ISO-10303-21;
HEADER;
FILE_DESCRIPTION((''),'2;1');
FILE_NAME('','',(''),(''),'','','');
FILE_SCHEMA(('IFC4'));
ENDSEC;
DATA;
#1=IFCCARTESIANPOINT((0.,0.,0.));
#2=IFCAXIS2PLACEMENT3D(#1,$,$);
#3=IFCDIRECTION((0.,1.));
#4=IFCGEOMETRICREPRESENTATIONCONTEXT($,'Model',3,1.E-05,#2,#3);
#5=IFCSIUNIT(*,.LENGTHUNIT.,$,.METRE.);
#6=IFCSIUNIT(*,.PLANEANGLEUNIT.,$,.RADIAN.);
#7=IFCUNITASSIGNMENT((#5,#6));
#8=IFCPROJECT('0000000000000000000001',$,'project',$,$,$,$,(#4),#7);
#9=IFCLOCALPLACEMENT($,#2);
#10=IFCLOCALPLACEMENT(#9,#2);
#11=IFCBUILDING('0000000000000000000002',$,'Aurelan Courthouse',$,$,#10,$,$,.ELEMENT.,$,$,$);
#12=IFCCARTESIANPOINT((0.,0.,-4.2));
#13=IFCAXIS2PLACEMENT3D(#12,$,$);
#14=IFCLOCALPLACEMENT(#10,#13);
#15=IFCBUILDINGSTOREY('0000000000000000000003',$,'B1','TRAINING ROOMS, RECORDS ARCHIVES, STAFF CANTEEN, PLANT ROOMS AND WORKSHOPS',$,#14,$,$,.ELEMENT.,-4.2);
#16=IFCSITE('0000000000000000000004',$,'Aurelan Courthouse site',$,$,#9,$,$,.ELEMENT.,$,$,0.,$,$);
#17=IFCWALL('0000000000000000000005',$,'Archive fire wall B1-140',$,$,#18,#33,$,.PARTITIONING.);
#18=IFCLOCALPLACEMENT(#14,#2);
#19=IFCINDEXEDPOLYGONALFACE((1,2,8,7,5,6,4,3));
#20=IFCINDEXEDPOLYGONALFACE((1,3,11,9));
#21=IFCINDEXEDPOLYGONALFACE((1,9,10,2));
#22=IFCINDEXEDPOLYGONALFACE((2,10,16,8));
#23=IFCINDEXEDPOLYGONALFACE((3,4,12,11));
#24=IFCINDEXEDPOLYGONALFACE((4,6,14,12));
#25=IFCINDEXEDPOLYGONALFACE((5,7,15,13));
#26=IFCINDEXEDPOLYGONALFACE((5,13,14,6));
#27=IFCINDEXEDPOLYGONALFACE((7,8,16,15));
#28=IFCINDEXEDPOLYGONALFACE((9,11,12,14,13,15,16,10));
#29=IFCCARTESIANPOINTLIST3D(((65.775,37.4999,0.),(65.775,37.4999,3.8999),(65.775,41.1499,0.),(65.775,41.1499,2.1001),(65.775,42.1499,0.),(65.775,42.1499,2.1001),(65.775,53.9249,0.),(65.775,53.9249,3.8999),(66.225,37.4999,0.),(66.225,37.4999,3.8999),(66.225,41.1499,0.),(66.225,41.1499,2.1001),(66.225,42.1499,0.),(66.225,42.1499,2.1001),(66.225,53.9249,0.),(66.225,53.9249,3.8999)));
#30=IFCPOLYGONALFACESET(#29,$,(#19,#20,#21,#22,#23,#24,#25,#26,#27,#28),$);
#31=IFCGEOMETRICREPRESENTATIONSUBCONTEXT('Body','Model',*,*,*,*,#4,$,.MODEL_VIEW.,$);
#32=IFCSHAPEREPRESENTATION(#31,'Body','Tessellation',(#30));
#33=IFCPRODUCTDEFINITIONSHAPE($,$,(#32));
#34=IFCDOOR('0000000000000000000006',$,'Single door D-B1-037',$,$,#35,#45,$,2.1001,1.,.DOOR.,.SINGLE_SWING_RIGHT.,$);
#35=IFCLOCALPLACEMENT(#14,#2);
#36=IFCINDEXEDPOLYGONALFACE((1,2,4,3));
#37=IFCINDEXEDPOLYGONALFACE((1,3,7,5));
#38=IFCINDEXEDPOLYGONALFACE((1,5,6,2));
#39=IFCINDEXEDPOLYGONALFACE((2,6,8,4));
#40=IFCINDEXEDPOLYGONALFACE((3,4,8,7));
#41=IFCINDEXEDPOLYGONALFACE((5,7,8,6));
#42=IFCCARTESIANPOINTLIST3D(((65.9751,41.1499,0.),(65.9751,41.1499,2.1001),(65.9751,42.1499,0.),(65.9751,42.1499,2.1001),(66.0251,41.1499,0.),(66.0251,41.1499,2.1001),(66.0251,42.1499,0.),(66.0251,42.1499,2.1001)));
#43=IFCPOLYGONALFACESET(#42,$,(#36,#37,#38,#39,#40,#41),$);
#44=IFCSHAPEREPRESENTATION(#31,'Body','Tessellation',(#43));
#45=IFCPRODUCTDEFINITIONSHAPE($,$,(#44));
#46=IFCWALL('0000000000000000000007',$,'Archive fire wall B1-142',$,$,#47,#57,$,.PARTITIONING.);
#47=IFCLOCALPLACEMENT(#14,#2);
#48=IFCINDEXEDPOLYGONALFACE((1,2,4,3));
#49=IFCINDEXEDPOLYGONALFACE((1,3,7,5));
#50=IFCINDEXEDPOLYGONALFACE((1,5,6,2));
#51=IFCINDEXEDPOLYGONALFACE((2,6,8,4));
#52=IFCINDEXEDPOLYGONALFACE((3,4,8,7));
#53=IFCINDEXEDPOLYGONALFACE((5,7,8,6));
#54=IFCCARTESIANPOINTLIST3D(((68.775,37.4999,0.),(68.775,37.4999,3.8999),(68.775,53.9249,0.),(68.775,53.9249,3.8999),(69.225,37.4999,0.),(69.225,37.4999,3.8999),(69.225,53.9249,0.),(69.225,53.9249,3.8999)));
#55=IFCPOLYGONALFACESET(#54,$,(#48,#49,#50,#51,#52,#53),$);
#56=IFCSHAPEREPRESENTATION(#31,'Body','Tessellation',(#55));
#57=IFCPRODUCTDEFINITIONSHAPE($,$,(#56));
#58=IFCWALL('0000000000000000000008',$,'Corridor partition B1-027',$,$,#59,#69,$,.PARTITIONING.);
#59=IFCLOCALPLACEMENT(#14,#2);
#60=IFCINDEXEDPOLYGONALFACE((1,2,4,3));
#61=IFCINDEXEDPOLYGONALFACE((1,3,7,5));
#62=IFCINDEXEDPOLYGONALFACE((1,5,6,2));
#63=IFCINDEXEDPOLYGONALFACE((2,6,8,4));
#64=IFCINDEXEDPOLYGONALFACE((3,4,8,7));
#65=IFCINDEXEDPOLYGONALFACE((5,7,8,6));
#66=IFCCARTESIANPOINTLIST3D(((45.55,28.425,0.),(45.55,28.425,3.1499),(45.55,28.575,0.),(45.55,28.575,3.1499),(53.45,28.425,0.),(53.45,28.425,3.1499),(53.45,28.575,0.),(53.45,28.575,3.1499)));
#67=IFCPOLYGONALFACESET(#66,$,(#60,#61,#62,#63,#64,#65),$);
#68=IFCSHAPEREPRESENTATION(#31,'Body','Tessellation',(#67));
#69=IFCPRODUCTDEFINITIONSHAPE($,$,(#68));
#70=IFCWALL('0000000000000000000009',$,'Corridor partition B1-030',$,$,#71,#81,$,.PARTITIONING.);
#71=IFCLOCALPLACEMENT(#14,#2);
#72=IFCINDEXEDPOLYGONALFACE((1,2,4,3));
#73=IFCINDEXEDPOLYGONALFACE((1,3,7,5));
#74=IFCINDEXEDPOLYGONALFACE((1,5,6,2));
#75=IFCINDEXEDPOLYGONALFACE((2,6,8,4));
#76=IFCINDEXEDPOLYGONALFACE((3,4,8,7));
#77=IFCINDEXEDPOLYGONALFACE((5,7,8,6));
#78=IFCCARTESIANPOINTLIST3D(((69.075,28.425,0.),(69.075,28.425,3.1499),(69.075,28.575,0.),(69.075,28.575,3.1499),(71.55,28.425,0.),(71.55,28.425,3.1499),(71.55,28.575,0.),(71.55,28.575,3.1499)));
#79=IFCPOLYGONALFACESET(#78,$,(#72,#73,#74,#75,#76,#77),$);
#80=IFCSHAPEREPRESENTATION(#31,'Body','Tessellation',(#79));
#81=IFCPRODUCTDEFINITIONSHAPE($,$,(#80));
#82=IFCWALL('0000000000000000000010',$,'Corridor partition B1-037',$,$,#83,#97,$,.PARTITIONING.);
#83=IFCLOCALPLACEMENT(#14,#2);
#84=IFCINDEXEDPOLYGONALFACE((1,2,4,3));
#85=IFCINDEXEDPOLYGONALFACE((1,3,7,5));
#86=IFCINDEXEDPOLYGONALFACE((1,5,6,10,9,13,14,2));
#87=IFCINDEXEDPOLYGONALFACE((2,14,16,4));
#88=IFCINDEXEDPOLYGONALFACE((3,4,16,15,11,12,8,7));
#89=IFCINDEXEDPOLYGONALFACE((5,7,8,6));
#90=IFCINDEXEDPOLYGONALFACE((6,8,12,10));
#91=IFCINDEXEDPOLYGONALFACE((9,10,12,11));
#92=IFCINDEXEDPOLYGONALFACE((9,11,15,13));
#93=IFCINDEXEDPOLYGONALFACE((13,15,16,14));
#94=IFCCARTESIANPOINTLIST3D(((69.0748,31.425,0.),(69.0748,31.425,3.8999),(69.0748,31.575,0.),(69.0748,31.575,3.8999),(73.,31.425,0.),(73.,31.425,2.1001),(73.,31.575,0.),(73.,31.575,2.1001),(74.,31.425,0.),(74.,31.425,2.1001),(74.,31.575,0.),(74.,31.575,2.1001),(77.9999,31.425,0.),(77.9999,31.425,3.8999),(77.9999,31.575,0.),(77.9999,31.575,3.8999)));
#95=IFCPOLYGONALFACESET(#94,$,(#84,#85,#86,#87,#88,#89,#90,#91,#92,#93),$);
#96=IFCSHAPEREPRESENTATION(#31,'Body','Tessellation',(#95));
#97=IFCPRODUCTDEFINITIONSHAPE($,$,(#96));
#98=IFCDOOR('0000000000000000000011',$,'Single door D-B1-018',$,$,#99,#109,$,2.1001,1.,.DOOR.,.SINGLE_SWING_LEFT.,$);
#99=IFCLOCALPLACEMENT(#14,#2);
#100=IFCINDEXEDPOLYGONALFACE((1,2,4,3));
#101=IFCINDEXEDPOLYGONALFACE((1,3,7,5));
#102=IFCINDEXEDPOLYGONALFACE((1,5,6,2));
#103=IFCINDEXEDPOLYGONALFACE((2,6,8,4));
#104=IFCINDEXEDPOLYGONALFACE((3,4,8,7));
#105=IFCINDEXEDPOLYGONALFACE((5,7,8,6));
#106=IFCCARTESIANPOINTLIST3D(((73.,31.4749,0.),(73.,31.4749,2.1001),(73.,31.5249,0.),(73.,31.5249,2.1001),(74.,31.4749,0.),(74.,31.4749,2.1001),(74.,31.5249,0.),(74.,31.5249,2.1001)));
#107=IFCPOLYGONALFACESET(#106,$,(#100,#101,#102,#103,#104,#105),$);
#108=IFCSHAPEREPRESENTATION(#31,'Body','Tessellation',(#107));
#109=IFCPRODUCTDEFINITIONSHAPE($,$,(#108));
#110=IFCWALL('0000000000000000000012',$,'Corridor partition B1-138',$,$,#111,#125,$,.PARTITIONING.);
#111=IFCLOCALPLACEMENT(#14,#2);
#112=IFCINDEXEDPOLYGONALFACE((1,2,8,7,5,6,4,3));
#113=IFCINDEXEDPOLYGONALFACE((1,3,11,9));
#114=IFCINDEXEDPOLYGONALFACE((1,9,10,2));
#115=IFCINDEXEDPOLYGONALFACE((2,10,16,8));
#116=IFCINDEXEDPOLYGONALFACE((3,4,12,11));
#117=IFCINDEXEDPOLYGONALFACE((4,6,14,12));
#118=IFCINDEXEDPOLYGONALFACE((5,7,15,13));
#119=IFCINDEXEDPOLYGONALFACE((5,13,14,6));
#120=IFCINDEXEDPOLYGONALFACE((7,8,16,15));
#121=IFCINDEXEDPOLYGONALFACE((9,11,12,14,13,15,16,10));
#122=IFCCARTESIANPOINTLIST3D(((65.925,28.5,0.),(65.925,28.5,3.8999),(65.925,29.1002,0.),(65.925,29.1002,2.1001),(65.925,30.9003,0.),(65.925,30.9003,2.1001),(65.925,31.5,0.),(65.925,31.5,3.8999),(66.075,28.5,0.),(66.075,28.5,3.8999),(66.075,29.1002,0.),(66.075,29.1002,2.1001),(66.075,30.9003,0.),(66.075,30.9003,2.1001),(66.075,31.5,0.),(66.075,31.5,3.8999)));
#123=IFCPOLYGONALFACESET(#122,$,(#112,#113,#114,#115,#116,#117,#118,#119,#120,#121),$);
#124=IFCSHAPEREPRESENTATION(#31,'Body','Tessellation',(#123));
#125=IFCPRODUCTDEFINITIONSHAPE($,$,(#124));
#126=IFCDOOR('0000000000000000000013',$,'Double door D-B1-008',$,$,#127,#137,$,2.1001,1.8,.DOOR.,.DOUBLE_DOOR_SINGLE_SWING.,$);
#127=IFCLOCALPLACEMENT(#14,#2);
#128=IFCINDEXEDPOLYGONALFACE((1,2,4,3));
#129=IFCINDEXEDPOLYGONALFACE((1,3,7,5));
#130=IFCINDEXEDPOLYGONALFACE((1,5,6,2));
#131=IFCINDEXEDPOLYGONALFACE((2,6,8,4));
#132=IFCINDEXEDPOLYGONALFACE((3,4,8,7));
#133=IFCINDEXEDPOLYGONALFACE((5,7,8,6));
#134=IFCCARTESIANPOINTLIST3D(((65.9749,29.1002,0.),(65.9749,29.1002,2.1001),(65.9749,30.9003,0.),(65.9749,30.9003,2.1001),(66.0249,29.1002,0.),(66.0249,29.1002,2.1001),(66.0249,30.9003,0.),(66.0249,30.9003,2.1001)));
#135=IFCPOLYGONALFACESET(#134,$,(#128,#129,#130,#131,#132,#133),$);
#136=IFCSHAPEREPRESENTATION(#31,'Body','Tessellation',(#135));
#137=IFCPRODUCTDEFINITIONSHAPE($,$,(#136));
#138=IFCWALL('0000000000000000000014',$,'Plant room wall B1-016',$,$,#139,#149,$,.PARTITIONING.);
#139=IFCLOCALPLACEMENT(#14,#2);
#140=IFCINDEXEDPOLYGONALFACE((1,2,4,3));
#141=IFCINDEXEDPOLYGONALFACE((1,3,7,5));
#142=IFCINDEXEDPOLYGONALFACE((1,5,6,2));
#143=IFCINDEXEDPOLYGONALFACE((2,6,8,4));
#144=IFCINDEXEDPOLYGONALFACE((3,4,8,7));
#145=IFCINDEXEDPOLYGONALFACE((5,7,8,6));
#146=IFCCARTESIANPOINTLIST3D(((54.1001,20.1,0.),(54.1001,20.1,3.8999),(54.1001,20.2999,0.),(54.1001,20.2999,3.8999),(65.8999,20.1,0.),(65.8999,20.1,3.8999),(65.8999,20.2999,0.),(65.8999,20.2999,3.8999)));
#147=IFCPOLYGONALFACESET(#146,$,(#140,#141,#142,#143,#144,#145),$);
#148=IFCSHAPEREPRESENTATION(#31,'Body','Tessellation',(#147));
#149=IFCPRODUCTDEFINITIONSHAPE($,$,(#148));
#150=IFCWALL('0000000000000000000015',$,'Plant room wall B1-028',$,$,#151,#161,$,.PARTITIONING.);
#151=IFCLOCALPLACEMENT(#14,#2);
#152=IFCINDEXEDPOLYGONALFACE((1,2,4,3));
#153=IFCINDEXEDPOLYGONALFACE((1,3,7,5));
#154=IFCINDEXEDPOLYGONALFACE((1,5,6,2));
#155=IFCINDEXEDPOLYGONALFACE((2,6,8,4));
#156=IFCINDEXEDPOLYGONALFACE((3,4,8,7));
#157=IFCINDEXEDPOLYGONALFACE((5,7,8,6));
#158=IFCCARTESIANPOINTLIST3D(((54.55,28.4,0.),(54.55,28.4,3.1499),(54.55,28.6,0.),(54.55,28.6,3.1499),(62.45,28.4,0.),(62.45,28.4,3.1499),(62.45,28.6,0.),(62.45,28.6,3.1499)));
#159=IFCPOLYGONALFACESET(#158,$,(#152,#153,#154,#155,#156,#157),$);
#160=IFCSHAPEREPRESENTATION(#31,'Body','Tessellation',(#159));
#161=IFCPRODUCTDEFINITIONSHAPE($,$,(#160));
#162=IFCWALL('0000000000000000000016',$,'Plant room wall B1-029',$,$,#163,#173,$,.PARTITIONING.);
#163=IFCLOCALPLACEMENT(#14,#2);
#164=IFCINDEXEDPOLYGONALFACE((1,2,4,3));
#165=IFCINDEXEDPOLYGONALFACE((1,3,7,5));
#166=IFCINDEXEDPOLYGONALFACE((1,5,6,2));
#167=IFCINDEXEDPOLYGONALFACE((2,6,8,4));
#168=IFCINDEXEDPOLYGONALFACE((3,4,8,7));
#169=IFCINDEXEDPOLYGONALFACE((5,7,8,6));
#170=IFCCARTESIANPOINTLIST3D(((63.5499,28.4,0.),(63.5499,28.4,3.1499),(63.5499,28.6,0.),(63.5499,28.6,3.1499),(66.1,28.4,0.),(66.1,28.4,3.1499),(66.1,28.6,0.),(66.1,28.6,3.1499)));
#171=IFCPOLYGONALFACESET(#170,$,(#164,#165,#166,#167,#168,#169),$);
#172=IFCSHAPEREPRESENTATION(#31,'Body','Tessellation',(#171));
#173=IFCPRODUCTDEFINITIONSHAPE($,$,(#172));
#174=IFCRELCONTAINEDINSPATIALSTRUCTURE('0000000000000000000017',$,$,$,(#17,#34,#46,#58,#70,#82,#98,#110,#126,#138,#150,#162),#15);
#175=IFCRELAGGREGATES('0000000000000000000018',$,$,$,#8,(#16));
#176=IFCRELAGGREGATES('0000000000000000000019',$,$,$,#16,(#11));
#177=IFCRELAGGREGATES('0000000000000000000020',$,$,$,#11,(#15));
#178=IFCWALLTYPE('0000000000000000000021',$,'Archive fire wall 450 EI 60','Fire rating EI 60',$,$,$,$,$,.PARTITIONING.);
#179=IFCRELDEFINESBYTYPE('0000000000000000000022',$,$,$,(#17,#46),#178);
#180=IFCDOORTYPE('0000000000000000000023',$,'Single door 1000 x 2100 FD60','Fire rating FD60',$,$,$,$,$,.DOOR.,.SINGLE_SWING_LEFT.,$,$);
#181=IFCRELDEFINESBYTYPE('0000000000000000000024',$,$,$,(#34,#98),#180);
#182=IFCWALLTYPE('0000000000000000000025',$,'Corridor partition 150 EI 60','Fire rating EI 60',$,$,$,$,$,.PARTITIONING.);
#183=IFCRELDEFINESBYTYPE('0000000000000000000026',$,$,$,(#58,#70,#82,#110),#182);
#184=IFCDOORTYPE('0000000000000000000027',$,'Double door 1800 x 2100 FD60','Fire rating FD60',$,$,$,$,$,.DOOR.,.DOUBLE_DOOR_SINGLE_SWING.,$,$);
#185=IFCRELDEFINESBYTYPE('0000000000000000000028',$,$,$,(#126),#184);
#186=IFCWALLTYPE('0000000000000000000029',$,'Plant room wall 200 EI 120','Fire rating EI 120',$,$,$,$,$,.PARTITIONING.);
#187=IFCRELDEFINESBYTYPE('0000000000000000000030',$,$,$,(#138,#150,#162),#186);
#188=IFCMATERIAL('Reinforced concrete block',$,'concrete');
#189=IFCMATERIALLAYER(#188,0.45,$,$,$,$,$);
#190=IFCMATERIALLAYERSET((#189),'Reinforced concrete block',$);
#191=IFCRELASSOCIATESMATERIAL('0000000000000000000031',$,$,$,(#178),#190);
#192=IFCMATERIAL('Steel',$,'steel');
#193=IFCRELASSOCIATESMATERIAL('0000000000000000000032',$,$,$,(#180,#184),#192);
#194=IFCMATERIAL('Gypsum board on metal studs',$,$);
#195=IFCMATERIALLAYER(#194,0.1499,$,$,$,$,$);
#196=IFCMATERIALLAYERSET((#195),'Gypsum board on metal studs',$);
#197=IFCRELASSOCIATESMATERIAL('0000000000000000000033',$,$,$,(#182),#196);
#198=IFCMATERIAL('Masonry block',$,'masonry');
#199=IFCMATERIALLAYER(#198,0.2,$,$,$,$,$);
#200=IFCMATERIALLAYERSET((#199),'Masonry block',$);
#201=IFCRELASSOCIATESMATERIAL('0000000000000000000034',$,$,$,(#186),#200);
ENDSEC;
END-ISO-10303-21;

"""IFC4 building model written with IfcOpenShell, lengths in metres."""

from ifc_helpers import new_model, si_unit, direction, frame, frame_2d, origin, place, context, subcontext, project, spatial, rectangle, extrude, material, layer, layer_set, type_object, element, fill, save


model = new_model("IFC4")

# Units and contexts
model_context = context("Model", 3, precision=1e-05, world=origin(), true_north=direction((0.0, 1.0)))
body_context = subcontext(model_context, "Body", "Model", "MODEL_VIEW")
ifc_project = project(units=[si_unit("LENGTHUNIT", "METRE"), si_unit("PLANEANGLEUNIT", "RADIAN")], contexts=[model_context])

# Site, building, storey
site_placement = place(None, origin())
site = spatial("IfcSite", under=ifc_project, at=site_placement, Name="Aurelan Courthouse site", CompositionType="ELEMENT", RefElevation=0.0)
building_placement = place(site_placement, origin())
building = spatial("IfcBuilding", under=site, at=building_placement, Name="Aurelan Courthouse", CompositionType="ELEMENT")
storey_placement = place(building_placement, frame((0.0, 0.0, -4.2)))
storey = spatial("IfcBuildingStorey", under=building, at=storey_placement, Name="B1", Description="TRAINING ROOMS, RECORDS ARCHIVES, STAFF CANTEEN, PLANT ROOMS AND WORKSHOPS", CompositionType="ELEMENT", Elevation=-4.2)

# Shared definitions
ifc_material_1 = material(Name="Reinforced concrete block", Category="concrete")
ifc_layer_1 = layer(ifc_material_1, 0.45)
ifc_layer_set_1 = layer_set([ifc_layer_1], Name="Reinforced concrete block")
wall_type_1 = type_object("IfcWallType", Name="Archive fire wall 450 EI 60", Description="Fire rating EI 60", PredefinedType="PARTITIONING", material=ifc_layer_set_1)

# Wall, opening, door
wall_1_placement = place(storey_placement, frame((66.0, 37.5, 0.0), z_axis=(0.0, 0.0, 1.0), x_axis=(0.0, 1.0, 0.0)))
wall_1 = element("IfcWall", 1, at=wall_1_placement, inside=storey, type_object=wall_type_1, Name="Archive fire wall B1-140", PredefinedType="PARTITIONING", context=body_context, shape_type="SweptSolid", body=[
    extrude(rectangle(XDim=16.425, YDim=0.45, at=frame_2d((8.2124, 0.0))), origin(), (0.0, 0.0, 1.0), 3.8999),
])
opening_1_placement = place(wall_1_placement, frame((3.6499, 0.0, 0.0)))
opening_1 = element("IfcOpeningElement", 2, at=opening_1_placement, cuts=wall_1, PredefinedType="OPENING", context=body_context, shape_type="SweptSolid", body=[
    extrude(rectangle(XDim=1.0, YDim=2.1001, at=frame_2d((0.5, 1.05))), frame((0.0, 0.2349, 0.0), z_axis=(0.0, -1.0, 0.0), x_axis=(1.0, 0.0, 0.0)), (0.0, 0.0, 1.0), 0.47),
])
ifc_material_2 = material(Name="Steel", Category="steel")
door_type_1 = type_object("IfcDoorType", Name="Single door 1000 x 2100 FD60", Description="Fire rating FD60", OperationType="SINGLE_SWING_LEFT", PredefinedType="DOOR", material=ifc_material_2)
door_1_placement = place(opening_1_placement, origin())
door_1 = element("IfcDoor", 3, at=door_1_placement, inside=storey, type_object=door_type_1, Name="Single door D-B1-037", OperationType="SINGLE_SWING_RIGHT", OverallHeight=2.1001, OverallWidth=1.0, PredefinedType="DOOR", context=body_context, shape_type="SweptSolid", body=[
    extrude(rectangle(XDim=1.0, YDim=2.1001, at=frame_2d((0.5, 1.05))), frame((0.0, 0.0249, 0.0), z_axis=(0.0, -1.0, 0.0), x_axis=(1.0, 0.0, 0.0)), (0.0, 0.0, 1.0), 0.05),
])
fill(opening_1, door_1)

# Walls
wall_2_placement = place(storey_placement, frame((69.0, 37.5, 0.0), z_axis=(0.0, 0.0, 1.0), x_axis=(0.0, 1.0, 0.0)))
element("IfcWall", 4, at=wall_2_placement, inside=storey, type_object=wall_type_1, Name="Archive fire wall B1-142", PredefinedType="PARTITIONING", context=body_context, shape_type="SweptSolid", body=[
    extrude(rectangle(XDim=16.425, YDim=0.45, at=frame_2d((8.2124, 0.0))), origin(), (0.0, 0.0, 1.0), 3.8999),
])
ifc_material_3 = material(Name="Gypsum board on metal studs")
ifc_layer_2 = layer(ifc_material_3, 0.1499)
ifc_layer_set_2 = layer_set([ifc_layer_2], Name="Gypsum board on metal studs")
wall_type_2 = type_object("IfcWallType", Name="Corridor partition 150 EI 60", Description="Fire rating EI 60", PredefinedType="PARTITIONING", material=ifc_layer_set_2)
wall_3_placement = place(storey_placement, frame((45.55, 28.5, 0.0), z_axis=(0.0, 0.0, 1.0), x_axis=(1.0, 0.0, 0.0)))
element("IfcWall", 5, at=wall_3_placement, inside=storey, type_object=wall_type_2, Name="Corridor partition B1-027", PredefinedType="PARTITIONING", context=body_context, shape_type="SweptSolid", body=[
    extrude(rectangle(XDim=7.8999, YDim=0.1499, at=frame_2d((3.95, 0.0))), origin(), (0.0, 0.0, 1.0), 3.1499),
])
wall_4_placement = place(storey_placement, frame((69.075, 28.5, 0.0), z_axis=(0.0, 0.0, 1.0), x_axis=(1.0, 0.0, 0.0)))
element("IfcWall", 6, at=wall_4_placement, inside=storey, type_object=wall_type_2, Name="Corridor partition B1-030", PredefinedType="PARTITIONING", context=body_context, shape_type="SweptSolid", body=[
    extrude(rectangle(XDim=2.4751, YDim=0.1499, at=frame_2d((1.2375, 0.0))), origin(), (0.0, 0.0, 1.0), 3.1499),
])

# Walls, openings, doors
wall_5_placement = place(storey_placement, frame((69.075, 31.5, 0.0), z_axis=(0.0, 0.0, 1.0), x_axis=(1.0, 0.0, 0.0)))
wall_5 = element("IfcWall", 7, at=wall_5_placement, inside=storey, type_object=wall_type_2, Name="Corridor partition B1-037", PredefinedType="PARTITIONING", context=body_context, shape_type="SweptSolid", body=[
    extrude(rectangle(XDim=8.925, YDim=0.1499, at=frame_2d((4.4624, 0.0))), origin(), (0.0, 0.0, 1.0), 3.8999),
])
opening_2_placement = place(wall_5_placement, frame((3.925, 0.0, 0.0)))
opening_2 = element("IfcOpeningElement", 8, at=opening_2_placement, cuts=wall_5, PredefinedType="OPENING", context=body_context, shape_type="SweptSolid", body=[
    extrude(rectangle(XDim=1.0, YDim=2.1001, at=frame_2d((0.5, 1.05))), frame((0.0, 0.085, 0.0), z_axis=(0.0, -1.0, 0.0), x_axis=(1.0, 0.0, 0.0)), (0.0, 0.0, 1.0), 0.1699),
])
door_2_placement = place(opening_2_placement, origin())
door_2 = element("IfcDoor", 9, at=door_2_placement, inside=storey, type_object=door_type_1, Name="Single door D-B1-018", OperationType="SINGLE_SWING_LEFT", OverallHeight=2.1001, OverallWidth=1.0, PredefinedType="DOOR", context=body_context, shape_type="SweptSolid", body=[
    extrude(rectangle(XDim=1.0, YDim=2.1001, at=frame_2d((0.5, 1.05))), frame((0.0, 0.0249, 0.0), z_axis=(0.0, -1.0, 0.0), x_axis=(1.0, 0.0, 0.0)), (0.0, 0.0, 1.0), 0.05),
])
fill(opening_2, door_2)
wall_6_placement = place(storey_placement, frame((66.0, 28.5, 0.0), z_axis=(0.0, 0.0, 1.0), x_axis=(0.0, 1.0, 0.0)))
wall_6 = element("IfcWall", 10, at=wall_6_placement, inside=storey, type_object=wall_type_2, Name="Corridor partition B1-138", PredefinedType="PARTITIONING", context=body_context, shape_type="SweptSolid", body=[
    extrude(rectangle(XDim=3.0, YDim=0.1499, at=frame_2d((1.5, 0.0))), origin(), (0.0, 0.0, 1.0), 3.8999),
])
opening_3_placement = place(wall_6_placement, frame((2.4001, 0.0, 0.0), z_axis=(0.0, 0.0, 1.0), x_axis=(-1.0, 0.0, 0.0)))
opening_3 = element("IfcOpeningElement", 11, at=opening_3_placement, cuts=wall_6, PredefinedType="OPENING", context=body_context, shape_type="SweptSolid", body=[
    extrude(rectangle(XDim=1.8, YDim=2.1001, at=frame_2d((0.8999, 1.05))), frame((0.0, 0.085, 0.0), z_axis=(0.0, -1.0, 0.0), x_axis=(1.0, 0.0, 0.0)), (0.0, 0.0, 1.0), 0.1699),
])
door_type_2 = type_object("IfcDoorType", Name="Double door 1800 x 2100 FD60", Description="Fire rating FD60", OperationType="DOUBLE_DOOR_SINGLE_SWING", PredefinedType="DOOR", material=ifc_material_2)
door_3_placement = place(opening_3_placement, origin())
door_3 = element("IfcDoor", 12, at=door_3_placement, inside=storey, type_object=door_type_2, Name="Double door D-B1-008", OperationType="DOUBLE_DOOR_SINGLE_SWING", OverallHeight=2.1001, OverallWidth=1.8, PredefinedType="DOOR", context=body_context, shape_type="SweptSolid", body=[
    extrude(rectangle(XDim=1.8, YDim=2.1001, at=frame_2d((0.8999, 1.05))), frame((0.0, 0.0249, 0.0), z_axis=(0.0, -1.0, 0.0), x_axis=(1.0, 0.0, 0.0)), (0.0, 0.0, 1.0), 0.05),
])
fill(opening_3, door_3)

# Walls
ifc_material_4 = material(Name="Masonry block", Category="masonry")
ifc_layer_3 = layer(ifc_material_4, 0.2)
ifc_layer_set_3 = layer_set([ifc_layer_3], Name="Masonry block")
wall_type_3 = type_object("IfcWallType", Name="Plant room wall 200 EI 120", Description="Fire rating EI 120", PredefinedType="PARTITIONING", material=ifc_layer_set_3)
wall_7_placement = place(storey_placement, frame((54.1001, 20.2, 0.0), z_axis=(0.0, 0.0, 1.0), x_axis=(1.0, 0.0, 0.0)))
element("IfcWall", 13, at=wall_7_placement, inside=storey, type_object=wall_type_3, Name="Plant room wall B1-016", PredefinedType="PARTITIONING", context=body_context, shape_type="SweptSolid", body=[
    extrude(rectangle(XDim=11.7998, YDim=0.2, at=frame_2d((5.8999, 0.0))), origin(), (0.0, 0.0, 1.0), 3.8999),
])
wall_8_placement = place(storey_placement, frame((54.55, 28.5, 0.0), z_axis=(0.0, 0.0, 1.0), x_axis=(1.0, 0.0, 0.0)))
element("IfcWall", 14, at=wall_8_placement, inside=storey, type_object=wall_type_3, Name="Plant room wall B1-028", PredefinedType="PARTITIONING", context=body_context, shape_type="SweptSolid", body=[
    extrude(rectangle(XDim=7.8999, YDim=0.2, at=frame_2d((3.95, 0.0))), origin(), (0.0, 0.0, 1.0), 3.1499),
])
wall_9_placement = place(storey_placement, frame((63.55, 28.5, 0.0), z_axis=(0.0, 0.0, 1.0), x_axis=(1.0, 0.0, 0.0)))
element("IfcWall", 15, at=wall_9_placement, inside=storey, type_object=wall_type_3, Name="Plant room wall B1-029", PredefinedType="PARTITIONING", context=body_context, shape_type="SweptSolid", body=[
    extrude(rectangle(XDim=2.55, YDim=0.2, at=frame_2d((1.2749, 0.0))), origin(), (0.0, 0.0, 1.0), 3.1499),
])

save(model, "model.ifc")
